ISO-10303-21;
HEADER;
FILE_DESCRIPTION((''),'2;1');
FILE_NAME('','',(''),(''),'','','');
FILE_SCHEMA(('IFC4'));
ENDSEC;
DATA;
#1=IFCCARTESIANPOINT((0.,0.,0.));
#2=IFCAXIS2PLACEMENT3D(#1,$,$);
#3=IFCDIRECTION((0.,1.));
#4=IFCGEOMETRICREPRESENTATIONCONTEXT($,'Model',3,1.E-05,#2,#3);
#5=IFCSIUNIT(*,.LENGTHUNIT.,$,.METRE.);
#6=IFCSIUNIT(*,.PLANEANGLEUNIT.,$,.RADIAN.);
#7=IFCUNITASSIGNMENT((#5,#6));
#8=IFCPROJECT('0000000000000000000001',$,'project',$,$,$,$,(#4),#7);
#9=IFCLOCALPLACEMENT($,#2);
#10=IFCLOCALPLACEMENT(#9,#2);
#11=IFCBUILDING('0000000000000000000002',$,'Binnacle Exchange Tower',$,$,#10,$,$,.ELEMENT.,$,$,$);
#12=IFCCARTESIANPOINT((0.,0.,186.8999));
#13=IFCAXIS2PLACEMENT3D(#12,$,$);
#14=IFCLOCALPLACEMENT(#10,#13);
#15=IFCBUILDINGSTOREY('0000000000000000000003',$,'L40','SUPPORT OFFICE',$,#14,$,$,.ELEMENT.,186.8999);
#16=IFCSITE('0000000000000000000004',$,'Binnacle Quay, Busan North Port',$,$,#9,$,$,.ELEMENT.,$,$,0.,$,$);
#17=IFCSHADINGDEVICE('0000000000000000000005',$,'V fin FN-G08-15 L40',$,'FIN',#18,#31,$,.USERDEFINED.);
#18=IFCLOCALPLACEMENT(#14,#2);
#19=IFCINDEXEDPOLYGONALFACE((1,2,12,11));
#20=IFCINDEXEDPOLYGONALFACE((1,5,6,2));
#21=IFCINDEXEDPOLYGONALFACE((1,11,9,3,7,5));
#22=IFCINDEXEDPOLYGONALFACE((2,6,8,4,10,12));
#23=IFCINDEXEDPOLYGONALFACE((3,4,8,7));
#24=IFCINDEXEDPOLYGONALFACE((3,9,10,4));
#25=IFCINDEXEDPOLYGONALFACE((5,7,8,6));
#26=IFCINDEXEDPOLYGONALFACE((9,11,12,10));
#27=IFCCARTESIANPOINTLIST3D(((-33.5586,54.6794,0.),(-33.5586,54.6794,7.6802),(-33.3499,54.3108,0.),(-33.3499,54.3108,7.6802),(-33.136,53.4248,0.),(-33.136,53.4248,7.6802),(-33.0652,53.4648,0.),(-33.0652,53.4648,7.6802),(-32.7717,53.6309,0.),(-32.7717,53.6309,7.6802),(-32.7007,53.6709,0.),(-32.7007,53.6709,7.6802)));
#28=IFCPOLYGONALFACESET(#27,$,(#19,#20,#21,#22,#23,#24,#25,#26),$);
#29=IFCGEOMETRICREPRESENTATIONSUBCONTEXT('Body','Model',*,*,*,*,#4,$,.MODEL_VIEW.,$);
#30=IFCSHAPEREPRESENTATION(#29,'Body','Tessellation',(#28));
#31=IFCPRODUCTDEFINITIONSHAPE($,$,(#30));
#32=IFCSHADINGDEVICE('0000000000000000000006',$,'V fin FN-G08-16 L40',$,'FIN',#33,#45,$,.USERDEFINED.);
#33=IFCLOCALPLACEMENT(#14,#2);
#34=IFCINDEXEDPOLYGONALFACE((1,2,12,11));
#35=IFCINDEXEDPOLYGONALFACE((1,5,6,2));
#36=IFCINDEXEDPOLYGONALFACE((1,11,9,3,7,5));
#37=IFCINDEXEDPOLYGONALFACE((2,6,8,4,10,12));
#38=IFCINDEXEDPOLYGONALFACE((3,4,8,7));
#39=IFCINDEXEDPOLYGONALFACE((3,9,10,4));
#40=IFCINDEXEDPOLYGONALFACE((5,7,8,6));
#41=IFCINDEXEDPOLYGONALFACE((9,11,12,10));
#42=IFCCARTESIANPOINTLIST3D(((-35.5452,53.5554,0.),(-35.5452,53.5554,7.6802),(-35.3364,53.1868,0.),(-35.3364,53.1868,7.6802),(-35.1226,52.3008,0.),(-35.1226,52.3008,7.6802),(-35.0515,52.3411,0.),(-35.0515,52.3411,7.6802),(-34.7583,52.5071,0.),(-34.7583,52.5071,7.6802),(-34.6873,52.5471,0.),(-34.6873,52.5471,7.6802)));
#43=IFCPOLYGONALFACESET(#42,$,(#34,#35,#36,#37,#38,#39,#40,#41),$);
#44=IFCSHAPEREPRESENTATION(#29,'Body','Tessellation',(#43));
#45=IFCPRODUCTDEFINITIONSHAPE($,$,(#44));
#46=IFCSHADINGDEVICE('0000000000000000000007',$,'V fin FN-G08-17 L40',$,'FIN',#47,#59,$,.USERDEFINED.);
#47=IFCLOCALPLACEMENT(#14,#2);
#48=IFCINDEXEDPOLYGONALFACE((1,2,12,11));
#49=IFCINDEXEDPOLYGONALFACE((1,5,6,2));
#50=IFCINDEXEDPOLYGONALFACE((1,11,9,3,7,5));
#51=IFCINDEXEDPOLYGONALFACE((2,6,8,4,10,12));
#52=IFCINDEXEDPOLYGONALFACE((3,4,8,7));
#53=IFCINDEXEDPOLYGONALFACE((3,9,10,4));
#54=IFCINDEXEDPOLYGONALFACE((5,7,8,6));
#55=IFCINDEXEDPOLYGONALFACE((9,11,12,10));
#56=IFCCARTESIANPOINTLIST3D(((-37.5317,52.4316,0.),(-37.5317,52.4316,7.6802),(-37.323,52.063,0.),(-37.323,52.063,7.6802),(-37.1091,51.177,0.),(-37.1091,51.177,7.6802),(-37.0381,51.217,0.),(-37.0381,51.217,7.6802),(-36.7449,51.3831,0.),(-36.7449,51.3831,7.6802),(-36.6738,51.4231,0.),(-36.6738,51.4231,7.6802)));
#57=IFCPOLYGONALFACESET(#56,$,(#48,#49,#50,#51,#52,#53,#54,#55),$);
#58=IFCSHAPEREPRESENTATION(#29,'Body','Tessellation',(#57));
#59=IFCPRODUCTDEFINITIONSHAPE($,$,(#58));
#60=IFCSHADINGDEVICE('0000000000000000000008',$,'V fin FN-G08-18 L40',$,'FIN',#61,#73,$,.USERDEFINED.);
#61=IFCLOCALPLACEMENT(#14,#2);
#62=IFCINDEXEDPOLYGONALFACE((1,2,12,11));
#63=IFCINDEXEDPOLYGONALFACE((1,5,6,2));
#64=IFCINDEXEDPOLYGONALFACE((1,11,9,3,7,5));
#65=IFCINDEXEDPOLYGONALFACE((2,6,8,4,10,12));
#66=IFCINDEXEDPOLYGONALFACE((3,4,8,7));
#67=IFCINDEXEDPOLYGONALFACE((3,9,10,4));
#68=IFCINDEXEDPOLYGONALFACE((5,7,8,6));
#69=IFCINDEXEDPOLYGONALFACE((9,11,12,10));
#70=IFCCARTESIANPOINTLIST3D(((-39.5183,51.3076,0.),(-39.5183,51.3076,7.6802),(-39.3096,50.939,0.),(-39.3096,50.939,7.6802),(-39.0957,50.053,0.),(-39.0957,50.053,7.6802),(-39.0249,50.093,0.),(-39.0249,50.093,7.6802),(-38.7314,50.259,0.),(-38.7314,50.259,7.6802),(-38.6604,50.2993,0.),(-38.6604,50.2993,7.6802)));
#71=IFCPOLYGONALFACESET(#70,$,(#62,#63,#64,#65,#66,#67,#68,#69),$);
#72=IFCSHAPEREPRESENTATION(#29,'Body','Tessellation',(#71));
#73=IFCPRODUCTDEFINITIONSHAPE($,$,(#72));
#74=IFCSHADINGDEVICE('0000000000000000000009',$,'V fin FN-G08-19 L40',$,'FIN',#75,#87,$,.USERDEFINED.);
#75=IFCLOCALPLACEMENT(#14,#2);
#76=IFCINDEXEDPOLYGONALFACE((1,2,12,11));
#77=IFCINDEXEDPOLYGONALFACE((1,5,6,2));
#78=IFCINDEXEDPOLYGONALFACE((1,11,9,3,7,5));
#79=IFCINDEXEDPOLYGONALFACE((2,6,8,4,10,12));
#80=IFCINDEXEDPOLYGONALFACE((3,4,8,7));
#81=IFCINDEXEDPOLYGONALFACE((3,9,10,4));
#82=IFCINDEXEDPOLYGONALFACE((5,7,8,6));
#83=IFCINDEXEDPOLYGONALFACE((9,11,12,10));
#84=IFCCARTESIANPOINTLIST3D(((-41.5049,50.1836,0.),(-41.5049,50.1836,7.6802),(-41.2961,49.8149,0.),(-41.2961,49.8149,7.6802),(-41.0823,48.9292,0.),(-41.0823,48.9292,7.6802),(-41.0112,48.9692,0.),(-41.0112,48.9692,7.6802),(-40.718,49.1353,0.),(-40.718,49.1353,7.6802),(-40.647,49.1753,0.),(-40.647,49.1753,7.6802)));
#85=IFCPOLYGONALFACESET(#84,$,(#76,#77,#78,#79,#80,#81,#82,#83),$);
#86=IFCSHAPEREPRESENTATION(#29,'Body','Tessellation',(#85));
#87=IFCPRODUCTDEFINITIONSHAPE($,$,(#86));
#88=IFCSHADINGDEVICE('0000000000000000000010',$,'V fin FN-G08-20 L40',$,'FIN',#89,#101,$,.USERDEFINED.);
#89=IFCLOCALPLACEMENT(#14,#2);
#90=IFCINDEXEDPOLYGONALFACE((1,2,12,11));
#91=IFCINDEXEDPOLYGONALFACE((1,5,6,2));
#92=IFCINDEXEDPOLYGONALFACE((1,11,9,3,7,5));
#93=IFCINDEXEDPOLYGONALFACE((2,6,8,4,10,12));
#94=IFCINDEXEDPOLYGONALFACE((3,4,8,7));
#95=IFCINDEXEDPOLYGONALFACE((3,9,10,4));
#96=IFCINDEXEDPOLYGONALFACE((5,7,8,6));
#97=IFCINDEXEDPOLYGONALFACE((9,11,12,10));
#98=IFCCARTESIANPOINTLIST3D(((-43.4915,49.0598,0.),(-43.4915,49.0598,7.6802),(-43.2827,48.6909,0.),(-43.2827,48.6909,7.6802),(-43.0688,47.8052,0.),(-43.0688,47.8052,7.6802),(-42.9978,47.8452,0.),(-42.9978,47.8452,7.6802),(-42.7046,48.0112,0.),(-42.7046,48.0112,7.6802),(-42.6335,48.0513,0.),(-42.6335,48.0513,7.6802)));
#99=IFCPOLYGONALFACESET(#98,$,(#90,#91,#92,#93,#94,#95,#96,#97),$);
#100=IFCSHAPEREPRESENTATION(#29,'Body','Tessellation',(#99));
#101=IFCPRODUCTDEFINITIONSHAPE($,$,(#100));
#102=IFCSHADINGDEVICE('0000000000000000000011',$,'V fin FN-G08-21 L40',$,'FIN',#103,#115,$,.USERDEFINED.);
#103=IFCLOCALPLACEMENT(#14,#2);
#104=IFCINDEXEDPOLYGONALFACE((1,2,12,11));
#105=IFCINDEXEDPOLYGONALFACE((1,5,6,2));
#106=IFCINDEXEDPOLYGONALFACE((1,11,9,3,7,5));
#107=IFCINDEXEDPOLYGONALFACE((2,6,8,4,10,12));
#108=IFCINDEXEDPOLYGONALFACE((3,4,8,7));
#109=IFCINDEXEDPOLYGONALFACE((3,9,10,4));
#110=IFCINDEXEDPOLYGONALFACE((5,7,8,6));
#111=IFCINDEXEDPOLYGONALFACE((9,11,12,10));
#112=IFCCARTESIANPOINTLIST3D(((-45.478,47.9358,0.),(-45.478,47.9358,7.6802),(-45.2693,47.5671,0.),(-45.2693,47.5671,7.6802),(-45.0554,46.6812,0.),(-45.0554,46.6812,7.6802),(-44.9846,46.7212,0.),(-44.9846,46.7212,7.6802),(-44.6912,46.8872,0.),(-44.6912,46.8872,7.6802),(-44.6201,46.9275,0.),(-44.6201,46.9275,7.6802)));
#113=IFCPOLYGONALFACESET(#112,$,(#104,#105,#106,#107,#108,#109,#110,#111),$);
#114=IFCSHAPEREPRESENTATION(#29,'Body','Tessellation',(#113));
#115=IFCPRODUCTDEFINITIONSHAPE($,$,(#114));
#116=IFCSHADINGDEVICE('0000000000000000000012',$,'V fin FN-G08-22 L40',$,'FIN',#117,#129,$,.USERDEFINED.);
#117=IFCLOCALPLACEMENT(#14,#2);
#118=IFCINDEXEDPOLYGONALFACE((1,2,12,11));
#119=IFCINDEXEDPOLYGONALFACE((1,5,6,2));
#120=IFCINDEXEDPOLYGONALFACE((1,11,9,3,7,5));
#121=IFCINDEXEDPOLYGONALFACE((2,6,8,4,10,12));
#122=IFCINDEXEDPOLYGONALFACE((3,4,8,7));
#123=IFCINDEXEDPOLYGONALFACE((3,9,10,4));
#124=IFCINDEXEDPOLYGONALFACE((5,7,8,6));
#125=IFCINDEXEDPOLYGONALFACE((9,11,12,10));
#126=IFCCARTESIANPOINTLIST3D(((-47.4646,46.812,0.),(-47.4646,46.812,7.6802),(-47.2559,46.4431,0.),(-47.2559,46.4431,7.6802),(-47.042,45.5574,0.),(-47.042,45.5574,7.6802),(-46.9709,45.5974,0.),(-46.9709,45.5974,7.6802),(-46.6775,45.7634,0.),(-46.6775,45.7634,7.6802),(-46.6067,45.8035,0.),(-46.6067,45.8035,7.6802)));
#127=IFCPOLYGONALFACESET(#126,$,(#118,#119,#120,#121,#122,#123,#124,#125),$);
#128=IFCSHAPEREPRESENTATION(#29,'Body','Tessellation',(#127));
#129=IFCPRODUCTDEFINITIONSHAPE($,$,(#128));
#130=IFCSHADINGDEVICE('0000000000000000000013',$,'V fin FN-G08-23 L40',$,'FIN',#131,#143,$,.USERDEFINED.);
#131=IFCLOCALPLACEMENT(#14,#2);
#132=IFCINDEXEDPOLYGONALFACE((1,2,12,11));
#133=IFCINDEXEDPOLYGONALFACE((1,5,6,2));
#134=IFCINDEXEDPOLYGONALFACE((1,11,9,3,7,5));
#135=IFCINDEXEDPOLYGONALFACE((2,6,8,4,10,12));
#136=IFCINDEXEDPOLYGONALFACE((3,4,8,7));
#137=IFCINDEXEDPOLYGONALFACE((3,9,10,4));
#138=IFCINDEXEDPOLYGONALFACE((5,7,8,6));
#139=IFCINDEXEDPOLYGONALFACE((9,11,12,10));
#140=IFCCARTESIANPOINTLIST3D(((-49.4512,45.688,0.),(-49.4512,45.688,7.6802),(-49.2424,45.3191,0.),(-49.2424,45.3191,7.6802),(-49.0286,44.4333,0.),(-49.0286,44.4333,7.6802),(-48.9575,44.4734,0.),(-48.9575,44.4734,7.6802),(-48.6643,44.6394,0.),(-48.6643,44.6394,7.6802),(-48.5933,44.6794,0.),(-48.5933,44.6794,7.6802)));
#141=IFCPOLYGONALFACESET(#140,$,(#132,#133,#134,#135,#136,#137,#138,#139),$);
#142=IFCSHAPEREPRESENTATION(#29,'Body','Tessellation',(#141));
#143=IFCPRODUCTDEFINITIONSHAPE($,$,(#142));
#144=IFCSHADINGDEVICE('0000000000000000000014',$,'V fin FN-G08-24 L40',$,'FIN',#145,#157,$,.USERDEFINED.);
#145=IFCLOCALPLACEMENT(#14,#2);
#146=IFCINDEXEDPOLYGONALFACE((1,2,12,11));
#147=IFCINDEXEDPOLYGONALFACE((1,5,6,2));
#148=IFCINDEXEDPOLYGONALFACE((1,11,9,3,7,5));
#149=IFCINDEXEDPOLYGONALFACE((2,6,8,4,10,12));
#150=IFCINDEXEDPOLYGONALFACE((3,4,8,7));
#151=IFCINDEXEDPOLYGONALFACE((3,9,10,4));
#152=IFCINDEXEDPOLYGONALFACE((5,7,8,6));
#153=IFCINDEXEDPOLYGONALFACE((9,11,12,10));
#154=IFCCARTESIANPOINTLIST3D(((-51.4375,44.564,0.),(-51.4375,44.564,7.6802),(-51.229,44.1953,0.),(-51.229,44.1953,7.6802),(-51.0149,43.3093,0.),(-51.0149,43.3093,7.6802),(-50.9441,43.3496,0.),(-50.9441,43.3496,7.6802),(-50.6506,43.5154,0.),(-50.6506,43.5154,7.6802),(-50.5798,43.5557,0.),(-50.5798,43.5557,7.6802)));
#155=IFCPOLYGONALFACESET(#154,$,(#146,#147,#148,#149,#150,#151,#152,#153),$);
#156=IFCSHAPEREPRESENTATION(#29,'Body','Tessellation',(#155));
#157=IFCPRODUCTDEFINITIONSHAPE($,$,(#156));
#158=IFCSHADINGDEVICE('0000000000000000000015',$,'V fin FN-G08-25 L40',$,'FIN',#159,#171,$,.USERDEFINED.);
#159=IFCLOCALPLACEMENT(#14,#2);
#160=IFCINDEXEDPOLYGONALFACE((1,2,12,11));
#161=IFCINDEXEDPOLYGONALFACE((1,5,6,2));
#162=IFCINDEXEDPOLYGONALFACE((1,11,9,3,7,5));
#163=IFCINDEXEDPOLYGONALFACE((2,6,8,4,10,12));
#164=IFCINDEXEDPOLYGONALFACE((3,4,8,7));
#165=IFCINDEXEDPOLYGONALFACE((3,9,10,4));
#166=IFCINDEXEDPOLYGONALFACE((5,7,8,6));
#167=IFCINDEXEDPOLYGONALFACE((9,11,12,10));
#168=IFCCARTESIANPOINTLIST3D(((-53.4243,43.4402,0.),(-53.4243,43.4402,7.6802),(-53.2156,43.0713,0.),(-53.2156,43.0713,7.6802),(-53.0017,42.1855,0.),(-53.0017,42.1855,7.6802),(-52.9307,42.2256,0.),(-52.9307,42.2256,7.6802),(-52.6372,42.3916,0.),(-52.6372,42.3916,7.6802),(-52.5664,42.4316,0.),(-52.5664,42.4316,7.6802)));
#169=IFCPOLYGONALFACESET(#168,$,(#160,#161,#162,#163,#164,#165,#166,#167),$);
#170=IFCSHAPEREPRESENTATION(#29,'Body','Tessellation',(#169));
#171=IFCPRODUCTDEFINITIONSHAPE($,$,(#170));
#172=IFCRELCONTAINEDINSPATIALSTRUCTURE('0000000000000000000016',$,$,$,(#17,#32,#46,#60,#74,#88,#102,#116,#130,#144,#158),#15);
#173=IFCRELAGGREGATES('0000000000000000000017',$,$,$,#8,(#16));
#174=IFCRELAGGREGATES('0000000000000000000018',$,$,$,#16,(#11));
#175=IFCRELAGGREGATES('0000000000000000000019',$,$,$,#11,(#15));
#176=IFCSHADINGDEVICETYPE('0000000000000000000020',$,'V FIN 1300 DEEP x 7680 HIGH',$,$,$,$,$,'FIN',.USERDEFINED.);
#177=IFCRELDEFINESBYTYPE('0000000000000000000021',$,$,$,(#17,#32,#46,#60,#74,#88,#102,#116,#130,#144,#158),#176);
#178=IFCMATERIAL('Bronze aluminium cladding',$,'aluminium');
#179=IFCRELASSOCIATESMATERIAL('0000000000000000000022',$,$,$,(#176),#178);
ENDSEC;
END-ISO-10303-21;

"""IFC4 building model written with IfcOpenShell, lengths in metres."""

from ifc_helpers import new_model, si_unit, direction, frame, origin, place, context, subcontext, project, spatial, polyline, outline, extrude, material, type_object, element, save


model = new_model("IFC4")

# Units and contexts
model_context = context("Model", 3, precision=1e-05, world=origin(), true_north=direction((0.0, 1.0)))
body_context = subcontext(model_context, "Body", "Model", "MODEL_VIEW")
ifc_project = project(units=[si_unit("LENGTHUNIT", "METRE"), si_unit("PLANEANGLEUNIT", "RADIAN")], contexts=[model_context])

# Site, building, storey
site_placement = place(None, origin())
site = spatial("IfcSite", under=ifc_project, at=site_placement, Name="Binnacle Quay, Busan North Port", CompositionType="ELEMENT", RefElevation=0.0)
building_placement = place(site_placement, origin())
building = spatial("IfcBuilding", under=site, at=building_placement, Name="Binnacle Exchange Tower", CompositionType="ELEMENT")
storey_placement = place(building_placement, frame((0.0, 0.0, 186.8999)))
storey = spatial("IfcBuildingStorey", under=building, at=storey_placement, Name="L40", Description="SUPPORT OFFICE", CompositionType="ELEMENT", Elevation=186.8999)

# Shading devices
ifc_material = material(Name="Bronze aluminium cladding", Category="aluminium")
shading_device_type = type_object("IfcShadingDeviceType", Name="V FIN 1300 DEEP x 7680 HIGH", ElementType="FIN", PredefinedType="USERDEFINED", material=ifc_material)
shading_device_1_placement = place(storey_placement, origin())
element("IfcShadingDevice", 1, at=shading_device_1_placement, inside=storey, type_object=shading_device_type, Name="V fin FN-G08-15 L40", ObjectType="FIN", PredefinedType="USERDEFINED", context=body_context, shape_type="SweptSolid", body=[
    extrude(outline(polyline([(-32.7007, 53.6709), (-33.5586, 54.6794), (-33.136, 53.4248), (-33.0652, 53.4648), (-33.3499, 54.3108), (-32.7717, 53.6309), (-32.7007, 53.6709)])), origin(), (0.0, 0.0, 1.0), 7.6802),
])
shading_device_2_placement = place(storey_placement, origin())
element("IfcShadingDevice", 2, at=shading_device_2_placement, inside=storey, type_object=shading_device_type, Name="V fin FN-G08-16 L40", ObjectType="FIN", PredefinedType="USERDEFINED", context=body_context, shape_type="SweptSolid", body=[
    extrude(outline(polyline([(-34.6873, 52.5471), (-35.5452, 53.5554), (-35.1226, 52.3008), (-35.0515, 52.3411), (-35.3364, 53.1868), (-34.7583, 52.5071), (-34.6873, 52.5471)])), origin(), (0.0, 0.0, 1.0), 7.6802),
])
shading_device_3_placement = place(storey_placement, origin())
element("IfcShadingDevice", 3, at=shading_device_3_placement, inside=storey, type_object=shading_device_type, Name="V fin FN-G08-17 L40", ObjectType="FIN", PredefinedType="USERDEFINED", context=body_context, shape_type="SweptSolid", body=[
    extrude(outline(polyline([(-36.6738, 51.4231), (-37.5317, 52.4316), (-37.1091, 51.177), (-37.0381, 51.217), (-37.323, 52.063), (-36.7449, 51.3831), (-36.6738, 51.4231)])), origin(), (0.0, 0.0, 1.0), 7.6802),
])
shading_device_4_placement = place(storey_placement, origin())
element("IfcShadingDevice", 4, at=shading_device_4_placement, inside=storey, type_object=shading_device_type, Name="V fin FN-G08-18 L40", ObjectType="FIN", PredefinedType="USERDEFINED", context=body_context, shape_type="SweptSolid", body=[
    extrude(outline(polyline([(-38.6604, 50.2993), (-39.5183, 51.3076), (-39.0957, 50.053), (-39.0249, 50.093), (-39.3096, 50.939), (-38.7314, 50.259), (-38.6604, 50.2993)])), origin(), (0.0, 0.0, 1.0), 7.6802),
])
shading_device_5_placement = place(storey_placement, origin())
element("IfcShadingDevice", 5, at=shading_device_5_placement, inside=storey, type_object=shading_device_type, Name="V fin FN-G08-19 L40", ObjectType="FIN", PredefinedType="USERDEFINED", context=body_context, shape_type="SweptSolid", body=[
    extrude(outline(polyline([(-40.647, 49.1753), (-41.5049, 50.1836), (-41.0823, 48.9292), (-41.0112, 48.9692), (-41.2961, 49.8149), (-40.718, 49.1353), (-40.647, 49.1753)])), origin(), (0.0, 0.0, 1.0), 7.6802),
])
shading_device_6_placement = place(storey_placement, origin())
element("IfcShadingDevice", 6, at=shading_device_6_placement, inside=storey, type_object=shading_device_type, Name="V fin FN-G08-20 L40", ObjectType="FIN", PredefinedType="USERDEFINED", context=body_context, shape_type="SweptSolid", body=[
    extrude(outline(polyline([(-42.6335, 48.0513), (-43.4915, 49.0598), (-43.0688, 47.8052), (-42.9978, 47.8452), (-43.2827, 48.6909), (-42.7046, 48.0112), (-42.6335, 48.0513)])), origin(), (0.0, 0.0, 1.0), 7.6802),
])
shading_device_7_placement = place(storey_placement, origin())
element("IfcShadingDevice", 7, at=shading_device_7_placement, inside=storey, type_object=shading_device_type, Name="V fin FN-G08-21 L40", ObjectType="FIN", PredefinedType="USERDEFINED", context=body_context, shape_type="SweptSolid", body=[
    extrude(outline(polyline([(-44.6201, 46.9275), (-45.478, 47.9358), (-45.0554, 46.6812), (-44.9846, 46.7212), (-45.2693, 47.5671), (-44.6912, 46.8872), (-44.6201, 46.9275)])), origin(), (0.0, 0.0, 1.0), 7.6802),
])
shading_device_8_placement = place(storey_placement, origin())
element("IfcShadingDevice", 8, at=shading_device_8_placement, inside=storey, type_object=shading_device_type, Name="V fin FN-G08-22 L40", ObjectType="FIN", PredefinedType="USERDEFINED", context=body_context, shape_type="SweptSolid", body=[
    extrude(outline(polyline([(-46.6067, 45.8035), (-47.4646, 46.812), (-47.042, 45.5574), (-46.9709, 45.5974), (-47.2559, 46.4431), (-46.6775, 45.7634), (-46.6067, 45.8035)])), origin(), (0.0, 0.0, 1.0), 7.6802),
])
shading_device_9_placement = place(storey_placement, origin())
element("IfcShadingDevice", 9, at=shading_device_9_placement, inside=storey, type_object=shading_device_type, Name="V fin FN-G08-23 L40", ObjectType="FIN", PredefinedType="USERDEFINED", context=body_context, shape_type="SweptSolid", body=[
    extrude(outline(polyline([(-48.5933, 44.6794), (-49.4512, 45.688), (-49.0286, 44.4333), (-48.9575, 44.4734), (-49.2424, 45.3191), (-48.6643, 44.6394), (-48.5933, 44.6794)])), origin(), (0.0, 0.0, 1.0), 7.6802),
])
shading_device_10_placement = place(storey_placement, origin())
element("IfcShadingDevice", 10, at=shading_device_10_placement, inside=storey, type_object=shading_device_type, Name="V fin FN-G08-24 L40", ObjectType="FIN", PredefinedType="USERDEFINED", context=body_context, shape_type="SweptSolid", body=[
    extrude(outline(polyline([(-50.5798, 43.5557), (-51.4375, 44.564), (-51.0149, 43.3093), (-50.9441, 43.3496), (-51.229, 44.1953), (-50.6506, 43.5154), (-50.5798, 43.5557)])), origin(), (0.0, 0.0, 1.0), 7.6802),
])
shading_device_11_placement = place(storey_placement, origin())
element("IfcShadingDevice", 11, at=shading_device_11_placement, inside=storey, type_object=shading_device_type, Name="V fin FN-G08-25 L40", ObjectType="FIN", PredefinedType="USERDEFINED", context=body_context, shape_type="SweptSolid", body=[
    extrude(outline(polyline([(-52.5664, 42.4316), (-53.4243, 43.4402), (-53.0017, 42.1855), (-52.9307, 42.2256), (-53.2156, 43.0713), (-52.6372, 42.3916), (-52.5664, 42.4316)])), origin(), (0.0, 0.0, 1.0), 7.6802),
])

save(model, "model.ifc")
